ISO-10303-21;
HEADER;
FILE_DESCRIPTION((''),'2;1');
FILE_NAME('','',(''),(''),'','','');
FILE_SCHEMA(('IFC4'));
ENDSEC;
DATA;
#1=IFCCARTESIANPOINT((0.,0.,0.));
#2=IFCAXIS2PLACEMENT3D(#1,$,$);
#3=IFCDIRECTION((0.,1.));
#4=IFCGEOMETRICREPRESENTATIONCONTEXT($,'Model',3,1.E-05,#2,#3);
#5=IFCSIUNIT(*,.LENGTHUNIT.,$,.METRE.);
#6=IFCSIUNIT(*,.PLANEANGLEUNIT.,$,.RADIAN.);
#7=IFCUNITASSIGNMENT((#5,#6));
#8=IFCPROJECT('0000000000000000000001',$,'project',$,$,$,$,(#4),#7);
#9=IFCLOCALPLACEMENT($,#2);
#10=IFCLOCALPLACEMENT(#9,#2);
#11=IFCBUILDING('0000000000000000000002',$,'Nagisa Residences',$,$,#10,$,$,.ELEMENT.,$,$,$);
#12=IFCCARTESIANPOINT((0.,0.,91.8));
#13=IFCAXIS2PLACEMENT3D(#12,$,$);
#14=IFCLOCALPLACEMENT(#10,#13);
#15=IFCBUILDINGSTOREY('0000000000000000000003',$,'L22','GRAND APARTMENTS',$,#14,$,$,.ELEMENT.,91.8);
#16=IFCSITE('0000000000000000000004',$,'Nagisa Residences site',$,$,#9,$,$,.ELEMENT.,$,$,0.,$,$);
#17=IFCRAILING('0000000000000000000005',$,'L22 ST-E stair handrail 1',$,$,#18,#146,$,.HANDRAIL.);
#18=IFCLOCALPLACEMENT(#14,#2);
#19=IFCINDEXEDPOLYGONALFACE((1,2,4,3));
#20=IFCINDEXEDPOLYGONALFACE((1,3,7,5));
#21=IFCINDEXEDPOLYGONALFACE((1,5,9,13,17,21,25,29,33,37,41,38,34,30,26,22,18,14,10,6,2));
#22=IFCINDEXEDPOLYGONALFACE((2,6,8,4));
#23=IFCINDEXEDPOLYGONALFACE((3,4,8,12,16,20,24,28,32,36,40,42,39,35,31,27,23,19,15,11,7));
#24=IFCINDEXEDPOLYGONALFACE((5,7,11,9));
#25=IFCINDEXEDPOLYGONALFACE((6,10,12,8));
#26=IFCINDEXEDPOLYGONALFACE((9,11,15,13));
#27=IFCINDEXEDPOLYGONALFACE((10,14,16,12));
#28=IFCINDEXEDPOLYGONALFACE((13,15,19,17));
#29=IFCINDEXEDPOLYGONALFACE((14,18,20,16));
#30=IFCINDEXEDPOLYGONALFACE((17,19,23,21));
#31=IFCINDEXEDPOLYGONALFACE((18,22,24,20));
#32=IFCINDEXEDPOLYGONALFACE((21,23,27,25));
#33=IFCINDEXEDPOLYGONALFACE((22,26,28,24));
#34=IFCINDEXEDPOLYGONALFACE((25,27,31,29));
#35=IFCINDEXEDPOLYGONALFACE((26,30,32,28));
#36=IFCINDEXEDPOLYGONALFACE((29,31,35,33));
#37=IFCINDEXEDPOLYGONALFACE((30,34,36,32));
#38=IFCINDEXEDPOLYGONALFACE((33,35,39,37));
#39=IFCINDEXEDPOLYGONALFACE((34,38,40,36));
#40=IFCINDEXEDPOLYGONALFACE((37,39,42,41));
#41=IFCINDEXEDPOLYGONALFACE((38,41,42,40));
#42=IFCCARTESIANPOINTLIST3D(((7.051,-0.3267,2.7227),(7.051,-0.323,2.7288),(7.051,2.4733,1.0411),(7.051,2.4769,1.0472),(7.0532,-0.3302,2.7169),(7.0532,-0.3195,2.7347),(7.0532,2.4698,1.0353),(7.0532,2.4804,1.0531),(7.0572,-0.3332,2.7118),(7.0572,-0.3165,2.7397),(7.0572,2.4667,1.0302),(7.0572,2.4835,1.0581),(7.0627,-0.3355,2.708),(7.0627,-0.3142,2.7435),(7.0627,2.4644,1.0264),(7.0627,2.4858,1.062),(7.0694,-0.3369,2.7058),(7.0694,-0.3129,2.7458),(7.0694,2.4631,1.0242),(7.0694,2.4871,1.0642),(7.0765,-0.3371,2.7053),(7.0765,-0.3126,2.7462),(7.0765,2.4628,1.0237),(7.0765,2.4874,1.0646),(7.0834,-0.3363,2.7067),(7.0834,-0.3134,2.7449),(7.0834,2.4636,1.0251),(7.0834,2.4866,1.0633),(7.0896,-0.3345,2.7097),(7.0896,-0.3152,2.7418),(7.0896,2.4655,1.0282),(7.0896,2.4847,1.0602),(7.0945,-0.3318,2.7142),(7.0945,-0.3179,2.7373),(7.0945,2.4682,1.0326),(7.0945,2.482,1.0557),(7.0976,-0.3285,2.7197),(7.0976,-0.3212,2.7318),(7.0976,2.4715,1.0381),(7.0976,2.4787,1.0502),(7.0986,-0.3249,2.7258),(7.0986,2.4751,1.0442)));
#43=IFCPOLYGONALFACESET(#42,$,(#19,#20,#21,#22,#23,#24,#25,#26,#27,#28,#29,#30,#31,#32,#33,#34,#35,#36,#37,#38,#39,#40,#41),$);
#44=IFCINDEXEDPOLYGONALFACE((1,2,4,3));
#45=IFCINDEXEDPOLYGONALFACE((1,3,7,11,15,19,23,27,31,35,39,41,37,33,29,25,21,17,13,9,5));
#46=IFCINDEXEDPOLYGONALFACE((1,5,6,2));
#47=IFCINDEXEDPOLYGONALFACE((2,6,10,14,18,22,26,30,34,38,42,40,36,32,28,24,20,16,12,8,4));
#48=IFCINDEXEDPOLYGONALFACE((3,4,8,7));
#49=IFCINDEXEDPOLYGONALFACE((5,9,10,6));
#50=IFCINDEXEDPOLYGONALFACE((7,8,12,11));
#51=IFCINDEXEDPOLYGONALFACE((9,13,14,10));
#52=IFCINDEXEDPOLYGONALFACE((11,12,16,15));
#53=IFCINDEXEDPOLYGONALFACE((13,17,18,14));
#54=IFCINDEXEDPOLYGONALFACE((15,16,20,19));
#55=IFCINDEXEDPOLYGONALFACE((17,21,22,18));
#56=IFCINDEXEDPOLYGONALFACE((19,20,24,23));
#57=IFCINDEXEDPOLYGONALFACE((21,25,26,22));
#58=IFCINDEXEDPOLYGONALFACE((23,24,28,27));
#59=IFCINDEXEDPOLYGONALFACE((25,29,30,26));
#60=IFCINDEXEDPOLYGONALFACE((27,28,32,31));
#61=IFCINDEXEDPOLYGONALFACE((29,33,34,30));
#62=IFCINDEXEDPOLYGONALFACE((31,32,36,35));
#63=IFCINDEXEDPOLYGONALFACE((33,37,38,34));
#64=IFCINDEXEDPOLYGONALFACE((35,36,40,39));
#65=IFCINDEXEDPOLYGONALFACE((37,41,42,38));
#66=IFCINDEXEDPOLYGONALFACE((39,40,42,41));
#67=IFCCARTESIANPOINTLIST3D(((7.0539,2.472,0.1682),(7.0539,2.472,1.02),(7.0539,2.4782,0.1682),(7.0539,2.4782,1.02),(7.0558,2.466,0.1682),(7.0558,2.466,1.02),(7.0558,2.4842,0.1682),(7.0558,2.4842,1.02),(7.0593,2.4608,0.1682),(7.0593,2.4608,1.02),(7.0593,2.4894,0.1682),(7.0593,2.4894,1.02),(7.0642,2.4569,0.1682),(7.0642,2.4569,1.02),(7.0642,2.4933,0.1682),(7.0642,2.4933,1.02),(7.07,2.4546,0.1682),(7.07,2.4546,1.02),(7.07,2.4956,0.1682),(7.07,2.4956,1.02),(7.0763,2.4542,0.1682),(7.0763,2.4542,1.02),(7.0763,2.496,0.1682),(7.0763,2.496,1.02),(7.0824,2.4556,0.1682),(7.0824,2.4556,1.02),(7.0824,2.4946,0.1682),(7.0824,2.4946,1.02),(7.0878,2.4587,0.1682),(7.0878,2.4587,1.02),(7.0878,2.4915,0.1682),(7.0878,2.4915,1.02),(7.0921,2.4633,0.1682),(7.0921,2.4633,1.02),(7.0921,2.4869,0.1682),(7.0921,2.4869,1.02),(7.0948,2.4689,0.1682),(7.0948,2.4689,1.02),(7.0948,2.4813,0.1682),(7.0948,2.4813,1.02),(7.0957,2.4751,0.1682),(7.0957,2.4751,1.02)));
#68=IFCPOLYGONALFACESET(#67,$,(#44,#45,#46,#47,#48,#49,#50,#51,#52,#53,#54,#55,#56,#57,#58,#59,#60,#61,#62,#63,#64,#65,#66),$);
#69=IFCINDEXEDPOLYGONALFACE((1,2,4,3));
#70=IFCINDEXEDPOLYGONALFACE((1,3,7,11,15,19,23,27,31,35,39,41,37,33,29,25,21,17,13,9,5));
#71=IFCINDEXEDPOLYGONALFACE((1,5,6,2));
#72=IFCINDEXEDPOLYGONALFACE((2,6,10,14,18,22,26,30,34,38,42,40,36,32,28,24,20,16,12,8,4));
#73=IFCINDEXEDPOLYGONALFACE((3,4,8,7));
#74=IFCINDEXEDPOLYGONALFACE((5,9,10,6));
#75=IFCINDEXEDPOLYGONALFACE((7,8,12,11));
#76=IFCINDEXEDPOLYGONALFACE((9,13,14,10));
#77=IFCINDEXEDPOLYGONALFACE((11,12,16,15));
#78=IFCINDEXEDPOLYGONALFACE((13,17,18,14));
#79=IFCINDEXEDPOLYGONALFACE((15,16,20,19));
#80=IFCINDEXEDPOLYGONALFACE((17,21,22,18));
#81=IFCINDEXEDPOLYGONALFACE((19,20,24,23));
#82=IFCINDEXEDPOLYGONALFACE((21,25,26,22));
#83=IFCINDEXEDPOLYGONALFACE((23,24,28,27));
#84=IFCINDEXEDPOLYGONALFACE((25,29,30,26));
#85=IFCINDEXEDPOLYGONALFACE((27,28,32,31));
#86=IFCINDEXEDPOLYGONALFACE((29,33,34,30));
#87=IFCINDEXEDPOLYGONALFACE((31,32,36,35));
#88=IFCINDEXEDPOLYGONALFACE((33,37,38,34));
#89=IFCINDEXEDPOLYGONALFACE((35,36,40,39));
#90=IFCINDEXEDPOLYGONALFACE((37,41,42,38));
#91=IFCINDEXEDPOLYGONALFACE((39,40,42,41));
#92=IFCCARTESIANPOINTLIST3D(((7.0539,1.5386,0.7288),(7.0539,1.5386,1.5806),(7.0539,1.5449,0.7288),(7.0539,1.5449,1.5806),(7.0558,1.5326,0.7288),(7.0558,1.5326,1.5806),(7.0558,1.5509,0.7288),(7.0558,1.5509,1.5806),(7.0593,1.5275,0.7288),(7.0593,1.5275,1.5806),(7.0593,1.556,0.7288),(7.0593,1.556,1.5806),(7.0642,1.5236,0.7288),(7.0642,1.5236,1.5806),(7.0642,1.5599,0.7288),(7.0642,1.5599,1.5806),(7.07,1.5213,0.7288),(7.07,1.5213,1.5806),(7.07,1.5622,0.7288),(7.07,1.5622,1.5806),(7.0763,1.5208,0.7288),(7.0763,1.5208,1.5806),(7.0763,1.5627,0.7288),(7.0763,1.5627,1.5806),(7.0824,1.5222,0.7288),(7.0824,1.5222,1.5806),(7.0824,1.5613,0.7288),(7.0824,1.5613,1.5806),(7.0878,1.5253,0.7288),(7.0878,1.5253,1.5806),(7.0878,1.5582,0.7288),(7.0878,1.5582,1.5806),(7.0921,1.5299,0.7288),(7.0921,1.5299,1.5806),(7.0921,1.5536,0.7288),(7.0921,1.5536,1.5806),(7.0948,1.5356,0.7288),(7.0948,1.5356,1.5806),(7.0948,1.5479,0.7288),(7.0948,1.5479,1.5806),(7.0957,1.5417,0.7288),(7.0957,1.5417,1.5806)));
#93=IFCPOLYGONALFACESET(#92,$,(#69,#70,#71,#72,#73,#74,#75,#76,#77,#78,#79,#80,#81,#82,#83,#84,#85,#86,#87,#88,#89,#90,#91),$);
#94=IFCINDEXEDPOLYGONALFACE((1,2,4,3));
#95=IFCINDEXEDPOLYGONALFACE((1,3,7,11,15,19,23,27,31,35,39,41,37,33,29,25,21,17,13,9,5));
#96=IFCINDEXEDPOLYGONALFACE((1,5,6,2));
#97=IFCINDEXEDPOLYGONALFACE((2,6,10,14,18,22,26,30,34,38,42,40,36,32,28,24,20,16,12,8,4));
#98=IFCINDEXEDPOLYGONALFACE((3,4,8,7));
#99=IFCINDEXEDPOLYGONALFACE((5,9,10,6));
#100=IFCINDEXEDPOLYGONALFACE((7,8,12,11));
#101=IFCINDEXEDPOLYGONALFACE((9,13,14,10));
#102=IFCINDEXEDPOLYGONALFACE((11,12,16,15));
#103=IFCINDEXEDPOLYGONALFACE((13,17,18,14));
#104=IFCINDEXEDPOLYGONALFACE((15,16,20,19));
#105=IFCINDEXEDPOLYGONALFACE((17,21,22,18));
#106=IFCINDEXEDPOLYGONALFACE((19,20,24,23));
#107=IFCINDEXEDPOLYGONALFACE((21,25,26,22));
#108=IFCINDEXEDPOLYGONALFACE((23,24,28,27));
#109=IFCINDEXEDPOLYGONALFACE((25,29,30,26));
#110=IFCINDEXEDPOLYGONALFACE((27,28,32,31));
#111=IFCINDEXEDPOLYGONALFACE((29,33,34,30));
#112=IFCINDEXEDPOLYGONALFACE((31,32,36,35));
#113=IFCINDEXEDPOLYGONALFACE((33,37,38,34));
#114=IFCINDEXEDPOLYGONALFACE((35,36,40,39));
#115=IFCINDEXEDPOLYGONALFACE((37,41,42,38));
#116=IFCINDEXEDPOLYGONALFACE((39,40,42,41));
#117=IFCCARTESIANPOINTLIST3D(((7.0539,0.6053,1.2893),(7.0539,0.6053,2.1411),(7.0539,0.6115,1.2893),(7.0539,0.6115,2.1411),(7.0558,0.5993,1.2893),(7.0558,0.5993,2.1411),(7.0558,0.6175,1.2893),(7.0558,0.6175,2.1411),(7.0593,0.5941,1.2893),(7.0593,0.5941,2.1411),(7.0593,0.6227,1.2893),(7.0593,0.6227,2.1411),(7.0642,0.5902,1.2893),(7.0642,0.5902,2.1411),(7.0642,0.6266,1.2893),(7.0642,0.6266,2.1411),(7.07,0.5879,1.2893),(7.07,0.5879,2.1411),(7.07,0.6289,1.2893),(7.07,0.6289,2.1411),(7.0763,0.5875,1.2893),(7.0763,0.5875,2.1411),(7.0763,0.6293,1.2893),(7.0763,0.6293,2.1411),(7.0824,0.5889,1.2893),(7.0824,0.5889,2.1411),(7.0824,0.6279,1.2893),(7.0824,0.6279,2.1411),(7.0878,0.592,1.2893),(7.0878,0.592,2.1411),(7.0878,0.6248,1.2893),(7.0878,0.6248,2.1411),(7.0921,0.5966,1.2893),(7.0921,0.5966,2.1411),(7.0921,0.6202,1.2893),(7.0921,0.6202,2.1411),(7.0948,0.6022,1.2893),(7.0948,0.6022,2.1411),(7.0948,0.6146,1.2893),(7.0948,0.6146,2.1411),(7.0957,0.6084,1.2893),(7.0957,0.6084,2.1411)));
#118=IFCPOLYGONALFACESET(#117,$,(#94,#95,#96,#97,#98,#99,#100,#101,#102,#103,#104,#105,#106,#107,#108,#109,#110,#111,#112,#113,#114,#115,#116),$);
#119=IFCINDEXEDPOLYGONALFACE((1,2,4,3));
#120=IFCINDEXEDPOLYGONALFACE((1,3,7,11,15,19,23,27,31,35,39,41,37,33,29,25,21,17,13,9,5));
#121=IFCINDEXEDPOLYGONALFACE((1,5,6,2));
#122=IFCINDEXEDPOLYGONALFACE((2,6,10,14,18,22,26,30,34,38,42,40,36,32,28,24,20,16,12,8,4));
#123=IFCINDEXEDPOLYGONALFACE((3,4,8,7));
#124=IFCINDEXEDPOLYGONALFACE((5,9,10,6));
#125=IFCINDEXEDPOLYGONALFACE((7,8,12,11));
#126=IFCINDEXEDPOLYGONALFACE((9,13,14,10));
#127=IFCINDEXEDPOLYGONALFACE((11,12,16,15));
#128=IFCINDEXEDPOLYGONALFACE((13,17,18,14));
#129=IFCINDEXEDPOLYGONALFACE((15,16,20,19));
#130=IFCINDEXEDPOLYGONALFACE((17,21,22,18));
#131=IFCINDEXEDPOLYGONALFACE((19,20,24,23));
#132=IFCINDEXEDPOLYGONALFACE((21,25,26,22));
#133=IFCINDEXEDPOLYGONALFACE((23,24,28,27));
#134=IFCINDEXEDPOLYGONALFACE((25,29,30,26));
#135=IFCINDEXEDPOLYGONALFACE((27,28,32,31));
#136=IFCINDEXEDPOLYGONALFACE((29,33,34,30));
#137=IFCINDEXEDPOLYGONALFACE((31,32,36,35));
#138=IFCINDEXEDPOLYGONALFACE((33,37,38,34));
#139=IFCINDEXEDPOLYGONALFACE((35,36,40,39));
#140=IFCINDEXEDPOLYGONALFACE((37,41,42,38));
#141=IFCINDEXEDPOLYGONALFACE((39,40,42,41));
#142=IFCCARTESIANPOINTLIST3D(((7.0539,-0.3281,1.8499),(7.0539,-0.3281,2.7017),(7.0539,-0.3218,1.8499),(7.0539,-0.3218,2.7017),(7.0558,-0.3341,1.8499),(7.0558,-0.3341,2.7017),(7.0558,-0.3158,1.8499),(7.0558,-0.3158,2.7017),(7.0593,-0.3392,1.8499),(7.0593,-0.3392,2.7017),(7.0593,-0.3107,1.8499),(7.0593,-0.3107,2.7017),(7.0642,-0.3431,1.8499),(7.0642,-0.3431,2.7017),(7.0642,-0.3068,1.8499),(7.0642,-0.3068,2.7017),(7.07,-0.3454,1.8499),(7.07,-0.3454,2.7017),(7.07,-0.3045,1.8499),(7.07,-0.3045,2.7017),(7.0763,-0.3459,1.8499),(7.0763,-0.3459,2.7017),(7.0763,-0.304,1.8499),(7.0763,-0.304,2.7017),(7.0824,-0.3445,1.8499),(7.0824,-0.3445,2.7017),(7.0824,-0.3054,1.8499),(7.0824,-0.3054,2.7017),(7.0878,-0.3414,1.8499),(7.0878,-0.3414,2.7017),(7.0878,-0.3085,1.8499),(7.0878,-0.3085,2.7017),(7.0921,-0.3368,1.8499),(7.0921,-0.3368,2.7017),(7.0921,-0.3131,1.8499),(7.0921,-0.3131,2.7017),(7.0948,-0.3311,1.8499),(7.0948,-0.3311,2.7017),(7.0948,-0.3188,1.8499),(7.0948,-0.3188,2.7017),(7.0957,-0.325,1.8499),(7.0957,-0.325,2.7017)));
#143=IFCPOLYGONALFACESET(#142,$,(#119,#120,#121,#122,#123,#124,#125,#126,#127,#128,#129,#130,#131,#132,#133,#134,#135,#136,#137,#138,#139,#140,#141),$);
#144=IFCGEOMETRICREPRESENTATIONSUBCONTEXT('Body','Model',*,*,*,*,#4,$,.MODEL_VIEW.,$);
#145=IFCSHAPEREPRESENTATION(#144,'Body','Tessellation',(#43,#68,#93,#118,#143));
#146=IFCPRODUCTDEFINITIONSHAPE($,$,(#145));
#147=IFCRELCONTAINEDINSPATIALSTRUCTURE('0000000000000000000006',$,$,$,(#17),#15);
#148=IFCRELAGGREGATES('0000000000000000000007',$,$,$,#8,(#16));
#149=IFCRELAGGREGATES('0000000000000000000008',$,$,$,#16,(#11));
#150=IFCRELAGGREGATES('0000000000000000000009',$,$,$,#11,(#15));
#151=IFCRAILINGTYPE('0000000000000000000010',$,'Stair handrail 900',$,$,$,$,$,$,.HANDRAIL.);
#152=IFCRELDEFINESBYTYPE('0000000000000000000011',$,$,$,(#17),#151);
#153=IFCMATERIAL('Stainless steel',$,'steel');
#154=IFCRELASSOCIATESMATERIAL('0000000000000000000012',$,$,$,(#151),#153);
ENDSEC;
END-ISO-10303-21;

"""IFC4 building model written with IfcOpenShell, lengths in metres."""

from ifc_helpers import new_model, si_unit, direction, frame, origin, origin_2d, place, context, subcontext, project, spatial, circle, extrude, material, type_object, element, save


model = new_model("IFC4")

# Units and contexts
model_context = context("Model", 3, precision=1e-05, world=origin(), true_north=direction((0.0, 1.0)))
body_context = subcontext(model_context, "Body", "Model", "MODEL_VIEW")
ifc_project = project(units=[si_unit("LENGTHUNIT", "METRE"), si_unit("PLANEANGLEUNIT", "RADIAN")], contexts=[model_context])

# Site, building, storey
site_placement = place(None, origin())
site = spatial("IfcSite", under=ifc_project, at=site_placement, Name="Nagisa Residences site", CompositionType="ELEMENT", RefElevation=0.0)
building_placement = place(site_placement, origin())
building = spatial("IfcBuilding", under=site, at=building_placement, Name="Nagisa Residences", CompositionType="ELEMENT")
storey_placement = place(building_placement, frame((0.0, 0.0, 91.8)))
storey = spatial("IfcBuildingStorey", under=building, at=storey_placement, Name="L22", Description="GRAND APARTMENTS", CompositionType="ELEMENT", Elevation=91.8)

# Railing
ifc_material_1 = material(Name="Stainless steel", Category="steel")
railing_type_1 = type_object("IfcRailingType", Name="Stair handrail 900", PredefinedType="HANDRAIL", material=ifc_material_1)
railing_1_placement = place(storey_placement, frame((7.0747, 2.4751, 0.1682)))
element("IfcRailing", 1, at=railing_1_placement, inside=storey, type_object=railing_type_1, Name="L22 ST-E stair handrail 1", PredefinedType="HANDRAIL", context=body_context, shape_type="SweptSolid", body=[
    extrude(circle(Radius=0.0239, at=origin_2d()), frame((0.0, 0.0, 0.876), z_axis=(0.0, -0.857275, 0.514858), x_axis=(1.0, 0.0, 0.0)), (0.0, 0.0, 1.0), 3.2661),
    extrude(circle(Radius=0.021, at=origin_2d()), origin(), (0.0, 0.0, 1.0), 0.8518),
    extrude(circle(Radius=0.021, at=origin_2d()), frame((0.0, -0.9333, 0.5605)), (0.0, 0.0, 1.0), 0.8518),
    extrude(circle(Radius=0.021, at=origin_2d()), frame((0.0, -1.8667, 1.1211)), (0.0, 0.0, 1.0), 0.8518),
    extrude(circle(Radius=0.021, at=origin_2d()), frame((0.0, -2.8, 1.6816)), (0.0, 0.0, 1.0), 0.8518),
])

save(model, "model.ifc")
